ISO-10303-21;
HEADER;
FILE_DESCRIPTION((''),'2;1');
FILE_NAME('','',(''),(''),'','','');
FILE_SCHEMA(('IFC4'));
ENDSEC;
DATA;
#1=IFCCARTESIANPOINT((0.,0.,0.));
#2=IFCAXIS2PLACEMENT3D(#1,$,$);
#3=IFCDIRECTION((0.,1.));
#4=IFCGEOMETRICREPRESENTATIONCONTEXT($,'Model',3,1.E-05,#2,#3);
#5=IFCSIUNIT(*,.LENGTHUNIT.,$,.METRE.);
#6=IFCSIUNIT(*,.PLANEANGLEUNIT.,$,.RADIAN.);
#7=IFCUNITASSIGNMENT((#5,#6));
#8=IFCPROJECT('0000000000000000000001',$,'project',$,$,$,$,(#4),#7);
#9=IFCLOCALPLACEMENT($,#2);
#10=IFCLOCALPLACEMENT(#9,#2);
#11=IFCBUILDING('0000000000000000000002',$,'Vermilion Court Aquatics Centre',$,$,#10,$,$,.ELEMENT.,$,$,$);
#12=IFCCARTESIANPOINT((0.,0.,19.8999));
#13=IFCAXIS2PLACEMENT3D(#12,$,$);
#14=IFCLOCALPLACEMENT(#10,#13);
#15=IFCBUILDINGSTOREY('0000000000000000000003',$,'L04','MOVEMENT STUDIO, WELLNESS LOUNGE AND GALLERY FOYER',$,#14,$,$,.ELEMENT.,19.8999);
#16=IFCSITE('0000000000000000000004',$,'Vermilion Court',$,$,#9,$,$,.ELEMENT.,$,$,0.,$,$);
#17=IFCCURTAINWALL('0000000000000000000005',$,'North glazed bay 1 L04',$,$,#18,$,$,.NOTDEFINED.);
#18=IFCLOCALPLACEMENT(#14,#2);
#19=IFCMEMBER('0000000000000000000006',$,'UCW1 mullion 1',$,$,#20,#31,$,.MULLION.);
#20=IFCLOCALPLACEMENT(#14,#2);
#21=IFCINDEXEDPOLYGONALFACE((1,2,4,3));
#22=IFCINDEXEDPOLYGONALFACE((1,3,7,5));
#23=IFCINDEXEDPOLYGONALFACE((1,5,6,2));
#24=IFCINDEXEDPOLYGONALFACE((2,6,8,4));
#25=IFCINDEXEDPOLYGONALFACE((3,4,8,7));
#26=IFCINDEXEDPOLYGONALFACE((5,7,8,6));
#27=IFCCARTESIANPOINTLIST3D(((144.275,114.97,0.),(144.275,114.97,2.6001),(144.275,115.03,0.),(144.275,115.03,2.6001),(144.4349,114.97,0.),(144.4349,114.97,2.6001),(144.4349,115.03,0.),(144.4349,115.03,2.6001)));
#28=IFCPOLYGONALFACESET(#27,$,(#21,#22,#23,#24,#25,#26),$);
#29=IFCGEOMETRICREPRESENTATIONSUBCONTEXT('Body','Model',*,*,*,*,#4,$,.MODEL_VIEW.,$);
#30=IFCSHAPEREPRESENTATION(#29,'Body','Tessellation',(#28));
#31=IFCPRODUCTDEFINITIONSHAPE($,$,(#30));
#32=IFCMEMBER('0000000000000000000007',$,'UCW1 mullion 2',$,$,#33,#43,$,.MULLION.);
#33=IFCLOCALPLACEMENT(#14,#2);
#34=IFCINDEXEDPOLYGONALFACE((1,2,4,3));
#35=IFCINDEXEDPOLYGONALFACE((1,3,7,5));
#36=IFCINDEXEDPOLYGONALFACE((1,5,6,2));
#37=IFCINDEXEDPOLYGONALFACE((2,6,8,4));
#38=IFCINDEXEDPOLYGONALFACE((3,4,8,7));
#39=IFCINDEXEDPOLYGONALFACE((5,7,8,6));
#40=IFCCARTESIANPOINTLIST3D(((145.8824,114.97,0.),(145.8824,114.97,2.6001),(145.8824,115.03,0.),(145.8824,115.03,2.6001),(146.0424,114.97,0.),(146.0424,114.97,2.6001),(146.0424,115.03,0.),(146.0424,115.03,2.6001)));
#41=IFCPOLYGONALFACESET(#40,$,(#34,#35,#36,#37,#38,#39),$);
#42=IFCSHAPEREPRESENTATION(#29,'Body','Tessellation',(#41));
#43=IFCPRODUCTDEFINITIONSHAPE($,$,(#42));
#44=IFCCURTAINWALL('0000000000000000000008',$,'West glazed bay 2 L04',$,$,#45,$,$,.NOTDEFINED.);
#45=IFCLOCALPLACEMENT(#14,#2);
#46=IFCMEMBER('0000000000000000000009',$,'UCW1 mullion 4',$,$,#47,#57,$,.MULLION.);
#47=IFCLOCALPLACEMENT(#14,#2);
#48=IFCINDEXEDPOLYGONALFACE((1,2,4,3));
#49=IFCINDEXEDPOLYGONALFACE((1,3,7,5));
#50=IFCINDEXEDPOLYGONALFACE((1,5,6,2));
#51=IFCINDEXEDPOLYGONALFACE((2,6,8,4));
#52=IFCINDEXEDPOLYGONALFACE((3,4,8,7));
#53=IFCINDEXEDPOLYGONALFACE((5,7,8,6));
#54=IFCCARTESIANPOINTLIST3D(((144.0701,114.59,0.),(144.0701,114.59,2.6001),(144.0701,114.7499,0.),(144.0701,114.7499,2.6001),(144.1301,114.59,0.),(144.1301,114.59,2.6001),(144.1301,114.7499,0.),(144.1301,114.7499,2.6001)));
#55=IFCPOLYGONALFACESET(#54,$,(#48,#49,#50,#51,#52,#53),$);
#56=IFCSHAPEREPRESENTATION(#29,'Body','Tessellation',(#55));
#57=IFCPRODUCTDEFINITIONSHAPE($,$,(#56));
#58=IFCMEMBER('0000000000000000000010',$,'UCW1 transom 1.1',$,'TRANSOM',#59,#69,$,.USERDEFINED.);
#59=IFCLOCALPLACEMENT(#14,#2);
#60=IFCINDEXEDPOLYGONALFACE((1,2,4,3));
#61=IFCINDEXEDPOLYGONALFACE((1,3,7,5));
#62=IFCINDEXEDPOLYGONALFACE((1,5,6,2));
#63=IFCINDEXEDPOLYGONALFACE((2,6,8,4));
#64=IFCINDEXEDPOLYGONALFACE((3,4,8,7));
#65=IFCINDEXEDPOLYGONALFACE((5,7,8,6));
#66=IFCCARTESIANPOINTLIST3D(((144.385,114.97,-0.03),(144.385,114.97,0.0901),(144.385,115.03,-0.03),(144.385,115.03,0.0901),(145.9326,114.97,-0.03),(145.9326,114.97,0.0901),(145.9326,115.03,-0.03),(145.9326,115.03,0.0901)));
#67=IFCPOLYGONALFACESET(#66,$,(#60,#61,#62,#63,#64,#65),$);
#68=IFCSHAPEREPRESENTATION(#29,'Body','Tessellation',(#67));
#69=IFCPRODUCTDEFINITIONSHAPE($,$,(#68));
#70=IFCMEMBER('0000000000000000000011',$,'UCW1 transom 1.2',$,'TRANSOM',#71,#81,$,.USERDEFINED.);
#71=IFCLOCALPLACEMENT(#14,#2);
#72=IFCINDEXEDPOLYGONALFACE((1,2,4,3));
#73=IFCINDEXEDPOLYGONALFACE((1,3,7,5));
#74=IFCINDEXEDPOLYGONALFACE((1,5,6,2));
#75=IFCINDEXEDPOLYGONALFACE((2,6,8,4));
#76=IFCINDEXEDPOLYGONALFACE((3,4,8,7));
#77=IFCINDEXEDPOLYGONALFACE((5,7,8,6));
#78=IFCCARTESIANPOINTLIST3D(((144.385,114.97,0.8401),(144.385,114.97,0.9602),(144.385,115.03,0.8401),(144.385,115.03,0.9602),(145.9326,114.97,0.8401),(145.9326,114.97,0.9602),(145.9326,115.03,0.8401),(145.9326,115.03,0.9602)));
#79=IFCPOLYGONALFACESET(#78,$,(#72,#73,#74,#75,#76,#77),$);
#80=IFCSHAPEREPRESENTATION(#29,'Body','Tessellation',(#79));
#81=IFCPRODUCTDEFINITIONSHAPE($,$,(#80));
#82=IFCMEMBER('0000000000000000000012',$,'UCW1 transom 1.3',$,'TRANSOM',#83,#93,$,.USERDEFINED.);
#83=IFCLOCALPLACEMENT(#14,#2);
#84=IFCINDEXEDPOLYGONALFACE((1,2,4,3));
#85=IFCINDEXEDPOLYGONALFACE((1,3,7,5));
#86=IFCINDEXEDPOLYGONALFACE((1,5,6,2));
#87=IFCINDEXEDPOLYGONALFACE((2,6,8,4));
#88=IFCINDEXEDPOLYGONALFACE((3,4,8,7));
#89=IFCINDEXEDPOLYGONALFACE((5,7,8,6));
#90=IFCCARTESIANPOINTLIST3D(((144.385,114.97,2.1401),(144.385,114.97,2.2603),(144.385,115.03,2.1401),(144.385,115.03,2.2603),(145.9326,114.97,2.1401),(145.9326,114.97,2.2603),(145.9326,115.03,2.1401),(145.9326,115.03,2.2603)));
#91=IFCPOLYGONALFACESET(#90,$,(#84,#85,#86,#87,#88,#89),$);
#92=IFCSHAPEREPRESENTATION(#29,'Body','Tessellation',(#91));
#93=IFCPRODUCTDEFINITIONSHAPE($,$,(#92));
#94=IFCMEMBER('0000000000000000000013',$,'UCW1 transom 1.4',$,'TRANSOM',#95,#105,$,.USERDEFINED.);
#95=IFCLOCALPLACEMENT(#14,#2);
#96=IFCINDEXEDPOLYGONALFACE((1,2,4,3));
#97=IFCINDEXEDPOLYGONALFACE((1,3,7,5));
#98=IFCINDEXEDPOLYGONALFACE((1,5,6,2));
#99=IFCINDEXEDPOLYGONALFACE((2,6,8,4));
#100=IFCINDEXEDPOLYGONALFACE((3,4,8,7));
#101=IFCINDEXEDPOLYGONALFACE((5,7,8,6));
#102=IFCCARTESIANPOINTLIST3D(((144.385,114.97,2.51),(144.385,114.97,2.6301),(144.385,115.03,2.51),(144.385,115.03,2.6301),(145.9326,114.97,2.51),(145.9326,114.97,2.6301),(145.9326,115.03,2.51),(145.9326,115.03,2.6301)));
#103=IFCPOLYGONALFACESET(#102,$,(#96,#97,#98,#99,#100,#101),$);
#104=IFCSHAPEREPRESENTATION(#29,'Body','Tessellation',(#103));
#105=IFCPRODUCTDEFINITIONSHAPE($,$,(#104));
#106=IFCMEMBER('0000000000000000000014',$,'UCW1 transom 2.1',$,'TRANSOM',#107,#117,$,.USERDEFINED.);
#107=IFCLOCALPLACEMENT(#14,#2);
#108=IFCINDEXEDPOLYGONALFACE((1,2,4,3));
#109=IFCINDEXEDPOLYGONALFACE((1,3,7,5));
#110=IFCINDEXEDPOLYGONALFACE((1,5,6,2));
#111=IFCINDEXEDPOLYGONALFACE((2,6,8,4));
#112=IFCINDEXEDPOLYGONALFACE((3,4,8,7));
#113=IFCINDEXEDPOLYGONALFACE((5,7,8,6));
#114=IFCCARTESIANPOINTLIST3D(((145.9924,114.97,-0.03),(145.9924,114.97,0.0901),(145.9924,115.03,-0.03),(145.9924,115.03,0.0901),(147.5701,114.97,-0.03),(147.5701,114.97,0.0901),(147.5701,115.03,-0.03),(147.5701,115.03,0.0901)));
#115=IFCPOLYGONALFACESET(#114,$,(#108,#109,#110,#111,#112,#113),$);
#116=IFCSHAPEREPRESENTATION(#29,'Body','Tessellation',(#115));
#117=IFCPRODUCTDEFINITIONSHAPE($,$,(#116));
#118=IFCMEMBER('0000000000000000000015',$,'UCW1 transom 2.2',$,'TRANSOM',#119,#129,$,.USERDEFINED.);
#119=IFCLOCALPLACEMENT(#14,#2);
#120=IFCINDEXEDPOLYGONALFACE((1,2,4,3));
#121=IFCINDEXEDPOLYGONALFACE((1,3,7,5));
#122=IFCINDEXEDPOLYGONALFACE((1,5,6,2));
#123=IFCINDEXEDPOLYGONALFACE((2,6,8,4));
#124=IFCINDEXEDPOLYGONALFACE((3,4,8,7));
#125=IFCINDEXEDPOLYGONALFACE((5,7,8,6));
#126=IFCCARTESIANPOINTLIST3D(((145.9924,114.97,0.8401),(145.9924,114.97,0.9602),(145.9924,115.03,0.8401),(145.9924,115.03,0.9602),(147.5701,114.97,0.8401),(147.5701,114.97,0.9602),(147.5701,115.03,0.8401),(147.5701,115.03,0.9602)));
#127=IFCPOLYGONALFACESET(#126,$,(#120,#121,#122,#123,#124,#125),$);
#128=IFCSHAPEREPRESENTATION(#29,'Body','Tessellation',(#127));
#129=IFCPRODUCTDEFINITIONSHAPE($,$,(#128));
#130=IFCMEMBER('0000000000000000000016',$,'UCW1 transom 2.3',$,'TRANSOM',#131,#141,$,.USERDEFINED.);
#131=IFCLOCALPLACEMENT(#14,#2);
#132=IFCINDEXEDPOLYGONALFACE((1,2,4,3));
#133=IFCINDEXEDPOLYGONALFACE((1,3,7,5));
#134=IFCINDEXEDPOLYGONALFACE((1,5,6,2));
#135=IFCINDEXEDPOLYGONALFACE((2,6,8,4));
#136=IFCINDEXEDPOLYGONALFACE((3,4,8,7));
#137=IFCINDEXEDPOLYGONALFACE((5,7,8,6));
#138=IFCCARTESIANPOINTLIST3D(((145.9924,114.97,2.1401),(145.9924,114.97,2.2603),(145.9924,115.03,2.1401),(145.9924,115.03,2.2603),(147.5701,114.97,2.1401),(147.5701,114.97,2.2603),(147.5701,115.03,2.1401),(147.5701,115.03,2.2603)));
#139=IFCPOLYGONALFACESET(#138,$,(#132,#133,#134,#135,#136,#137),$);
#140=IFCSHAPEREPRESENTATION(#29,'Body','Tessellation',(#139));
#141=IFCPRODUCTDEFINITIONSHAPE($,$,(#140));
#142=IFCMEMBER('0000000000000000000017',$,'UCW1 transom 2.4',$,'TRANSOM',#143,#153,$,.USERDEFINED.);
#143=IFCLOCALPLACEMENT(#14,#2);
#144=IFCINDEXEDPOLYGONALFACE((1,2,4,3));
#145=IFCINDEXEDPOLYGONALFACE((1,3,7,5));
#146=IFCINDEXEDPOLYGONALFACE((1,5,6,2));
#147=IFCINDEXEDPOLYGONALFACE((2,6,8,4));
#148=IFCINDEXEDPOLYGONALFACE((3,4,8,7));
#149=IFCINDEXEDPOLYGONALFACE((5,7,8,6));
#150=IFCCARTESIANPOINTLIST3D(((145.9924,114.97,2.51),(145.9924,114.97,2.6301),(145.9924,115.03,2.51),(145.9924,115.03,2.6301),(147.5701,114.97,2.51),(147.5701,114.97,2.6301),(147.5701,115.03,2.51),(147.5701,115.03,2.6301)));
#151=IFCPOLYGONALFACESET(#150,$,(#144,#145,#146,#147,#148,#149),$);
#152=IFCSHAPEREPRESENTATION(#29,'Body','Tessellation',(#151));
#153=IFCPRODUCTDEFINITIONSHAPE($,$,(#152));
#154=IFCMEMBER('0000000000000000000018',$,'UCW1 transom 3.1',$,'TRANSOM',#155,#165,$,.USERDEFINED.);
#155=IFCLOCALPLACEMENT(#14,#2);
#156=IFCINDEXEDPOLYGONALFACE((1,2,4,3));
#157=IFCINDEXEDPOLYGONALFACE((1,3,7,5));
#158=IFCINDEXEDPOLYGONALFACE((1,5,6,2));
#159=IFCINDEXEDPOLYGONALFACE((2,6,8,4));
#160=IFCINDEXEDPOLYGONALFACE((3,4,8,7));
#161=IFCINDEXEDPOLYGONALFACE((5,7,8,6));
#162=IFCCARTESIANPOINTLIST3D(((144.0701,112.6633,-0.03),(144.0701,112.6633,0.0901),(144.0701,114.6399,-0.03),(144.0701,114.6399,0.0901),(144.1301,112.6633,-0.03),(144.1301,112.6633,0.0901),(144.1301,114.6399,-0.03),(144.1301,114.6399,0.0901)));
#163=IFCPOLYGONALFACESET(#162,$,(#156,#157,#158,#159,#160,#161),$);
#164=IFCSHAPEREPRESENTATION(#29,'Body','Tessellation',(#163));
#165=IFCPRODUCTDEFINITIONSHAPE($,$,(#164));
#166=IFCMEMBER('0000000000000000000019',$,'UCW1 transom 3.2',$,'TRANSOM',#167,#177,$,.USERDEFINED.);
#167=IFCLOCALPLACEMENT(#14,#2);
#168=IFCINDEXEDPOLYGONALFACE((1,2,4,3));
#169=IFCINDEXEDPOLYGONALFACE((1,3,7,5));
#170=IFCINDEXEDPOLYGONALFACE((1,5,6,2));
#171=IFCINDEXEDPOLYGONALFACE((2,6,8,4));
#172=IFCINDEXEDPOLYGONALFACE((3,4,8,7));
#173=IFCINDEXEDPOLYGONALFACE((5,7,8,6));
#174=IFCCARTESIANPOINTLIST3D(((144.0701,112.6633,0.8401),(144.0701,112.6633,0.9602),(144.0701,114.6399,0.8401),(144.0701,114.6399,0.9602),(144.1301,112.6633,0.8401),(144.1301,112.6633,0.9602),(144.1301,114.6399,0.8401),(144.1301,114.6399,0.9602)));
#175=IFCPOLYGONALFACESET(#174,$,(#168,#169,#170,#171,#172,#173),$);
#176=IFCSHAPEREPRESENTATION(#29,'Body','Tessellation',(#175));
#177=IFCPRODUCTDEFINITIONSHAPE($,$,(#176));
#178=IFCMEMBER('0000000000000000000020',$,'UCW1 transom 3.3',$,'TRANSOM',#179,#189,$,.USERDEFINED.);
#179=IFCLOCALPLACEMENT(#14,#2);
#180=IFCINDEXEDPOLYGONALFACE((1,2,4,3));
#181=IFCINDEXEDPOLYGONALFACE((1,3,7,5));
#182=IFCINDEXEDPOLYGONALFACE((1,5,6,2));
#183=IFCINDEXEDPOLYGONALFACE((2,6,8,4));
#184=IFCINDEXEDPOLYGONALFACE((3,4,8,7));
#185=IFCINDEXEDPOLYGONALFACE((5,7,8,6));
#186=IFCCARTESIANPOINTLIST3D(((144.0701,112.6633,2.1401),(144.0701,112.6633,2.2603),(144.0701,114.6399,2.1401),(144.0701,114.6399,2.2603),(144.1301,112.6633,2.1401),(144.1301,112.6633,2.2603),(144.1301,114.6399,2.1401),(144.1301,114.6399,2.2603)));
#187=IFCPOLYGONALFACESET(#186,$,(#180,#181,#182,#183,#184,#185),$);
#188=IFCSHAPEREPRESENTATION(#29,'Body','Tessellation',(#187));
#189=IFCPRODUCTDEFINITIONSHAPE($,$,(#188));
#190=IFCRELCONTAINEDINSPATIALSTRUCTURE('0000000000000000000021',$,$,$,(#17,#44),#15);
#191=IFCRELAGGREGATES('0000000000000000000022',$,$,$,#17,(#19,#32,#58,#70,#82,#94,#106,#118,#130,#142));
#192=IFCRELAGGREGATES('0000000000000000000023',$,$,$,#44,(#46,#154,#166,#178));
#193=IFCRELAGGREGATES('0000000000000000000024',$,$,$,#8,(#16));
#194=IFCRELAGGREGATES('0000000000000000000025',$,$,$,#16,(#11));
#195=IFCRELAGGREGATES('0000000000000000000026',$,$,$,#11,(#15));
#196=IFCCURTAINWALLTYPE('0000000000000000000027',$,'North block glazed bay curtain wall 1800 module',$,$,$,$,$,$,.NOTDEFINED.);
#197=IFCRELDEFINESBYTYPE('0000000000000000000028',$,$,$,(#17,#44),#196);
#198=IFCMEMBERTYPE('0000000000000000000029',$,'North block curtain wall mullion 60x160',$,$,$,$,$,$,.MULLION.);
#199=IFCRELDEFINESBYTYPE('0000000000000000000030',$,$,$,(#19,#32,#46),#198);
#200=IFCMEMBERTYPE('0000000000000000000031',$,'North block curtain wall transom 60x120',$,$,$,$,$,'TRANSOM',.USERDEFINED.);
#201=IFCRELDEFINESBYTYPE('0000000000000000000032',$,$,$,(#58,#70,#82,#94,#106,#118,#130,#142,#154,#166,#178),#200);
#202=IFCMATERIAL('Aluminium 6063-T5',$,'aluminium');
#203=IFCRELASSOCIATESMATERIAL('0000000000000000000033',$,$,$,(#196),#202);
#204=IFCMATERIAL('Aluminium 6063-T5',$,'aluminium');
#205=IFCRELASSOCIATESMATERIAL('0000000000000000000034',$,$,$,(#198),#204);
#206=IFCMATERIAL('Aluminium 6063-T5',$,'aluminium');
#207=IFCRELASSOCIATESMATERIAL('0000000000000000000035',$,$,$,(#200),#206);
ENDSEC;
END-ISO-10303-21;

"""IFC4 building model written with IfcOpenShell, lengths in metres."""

from ifc_helpers import new_model, si_unit, direction, frame, origin, origin_2d, place, context, subcontext, project, spatial, rectangle, extrude, material, material_profile, profile_set, type_object, element, aggregate, save


model = new_model("IFC4")

# Units and contexts
model_context = context("Model", 3, precision=1e-05, world=origin(), true_north=direction((0.0, 1.0)))
body_context = subcontext(model_context, "Body", "Model", "MODEL_VIEW")
ifc_project = project(units=[si_unit("LENGTHUNIT", "METRE"), si_unit("PLANEANGLEUNIT", "RADIAN")], contexts=[model_context])

# Site, building, storey
site_placement = place(None, origin())
site = spatial("IfcSite", under=ifc_project, at=site_placement, Name="Vermilion Court", CompositionType="ELEMENT", RefElevation=0.0)
building_placement = place(site_placement, origin())
building = spatial("IfcBuilding", under=site, at=building_placement, Name="Vermilion Court Aquatics Centre", CompositionType="ELEMENT")
storey_placement = place(building_placement, frame((0.0, 0.0, 19.8999)))
storey = spatial("IfcBuildingStorey", under=building, at=storey_placement, Name="L04", Description="MOVEMENT STUDIO, WELLNESS LOUNGE AND GALLERY FOYER", CompositionType="ELEMENT", Elevation=19.8999)

# Curtain wall, members
ifc_material_1 = material(Name="Aluminium 6063-T5", Category="aluminium")
curtain_wall_type = type_object("IfcCurtainWallType", Name="North block glazed bay curtain wall 1800 module", PredefinedType="NOTDEFINED", material=ifc_material_1)
curtain_wall_1_placement = place(storey_placement, origin())
curtain_wall_1 = element("IfcCurtainWall", 1, at=curtain_wall_1_placement, inside=storey, type_object=curtain_wall_type, Name="North glazed bay 1 L04", PredefinedType="NOTDEFINED")
ifc_material_2 = material(Name="Aluminium 6063-T5", Category="aluminium")
ifc_material_profile_1 = material_profile(ifc_material_2, rectangle(XDim=0.0601, YDim=0.1599, at=origin_2d()), Name="AL 60x160")
ifc_profile_set_1 = profile_set([ifc_material_profile_1], Name="Aluminium 6063-T5")
member_type_1 = type_object("IfcMemberType", Name="North block curtain wall mullion 60x160", PredefinedType="MULLION", material=ifc_profile_set_1)
member_1_placement = place(storey_placement, frame((144.355, 115.0, 0.0), z_axis=(0.0, 0.0, 1.0), x_axis=(0.0, 1.0, 0.0)))
member_1 = element("IfcMember", 2, at=member_1_placement, type_object=member_type_1, Name="UCW1 mullion 1", PredefinedType="MULLION", context=body_context, shape_type="SweptSolid", body=[
    extrude(rectangle(XDim=0.0601, YDim=0.1599, at=origin_2d()), origin(), (0.0, 0.0, 1.0), 2.6001),
])
member_2_placement = place(storey_placement, frame((145.9624, 115.0, 0.0), z_axis=(0.0, 0.0, 1.0), x_axis=(0.0, 1.0, 0.0)))
member_2 = element("IfcMember", 3, at=member_2_placement, type_object=member_type_1, Name="UCW1 mullion 2", PredefinedType="MULLION", context=body_context, shape_type="SweptSolid", body=[
    extrude(rectangle(XDim=0.0601, YDim=0.1599, at=origin_2d()), origin(), (0.0, 0.0, 1.0), 2.6001),
])

# Curtain wall, member
curtain_wall_2_placement = place(storey_placement, origin())
curtain_wall_2 = element("IfcCurtainWall", 4, at=curtain_wall_2_placement, inside=storey, type_object=curtain_wall_type, Name="West glazed bay 2 L04", PredefinedType="NOTDEFINED")
member_3_placement = place(storey_placement, frame((144.1001, 114.6699, 0.0), z_axis=(0.0, 0.0, 1.0), x_axis=(-1.0, 0.0, 0.0)))
member_3 = element("IfcMember", 5, at=member_3_placement, type_object=member_type_1, Name="UCW1 mullion 4", PredefinedType="MULLION", context=body_context, shape_type="SweptSolid", body=[
    extrude(rectangle(XDim=0.0601, YDim=0.1599, at=origin_2d()), origin(), (0.0, 0.0, 1.0), 2.6001),
])

# Members
ifc_material_3 = material(Name="Aluminium 6063-T5", Category="aluminium")
ifc_material_profile_2 = material_profile(ifc_material_3, rectangle(XDim=0.0601, YDim=0.1201, at=origin_2d()), Name="AL 60x120")
ifc_profile_set_2 = profile_set([ifc_material_profile_2], Name="Aluminium 6063-T5")
member_type_2 = type_object("IfcMemberType", Name="North block curtain wall transom 60x120", ElementType="TRANSOM", PredefinedType="USERDEFINED", material=ifc_profile_set_2)
member_4_placement = place(storey_placement, frame((144.385, 115.0, 0.03), z_axis=(1.0, 0.0, 0.0), x_axis=(0.0, 1.0, 0.0)))
member_4 = element("IfcMember", 6, at=member_4_placement, type_object=member_type_2, Name="UCW1 transom 1.1", ObjectType="TRANSOM", PredefinedType="USERDEFINED", context=body_context, shape_type="SweptSolid", body=[
    extrude(rectangle(XDim=0.0601, YDim=0.1201, at=origin_2d()), origin(), (0.0, 0.0, 1.0), 1.5476),
])
member_5_placement = place(storey_placement, frame((144.385, 115.0, 0.9001), z_axis=(1.0, 0.0, 0.0), x_axis=(0.0, 1.0, 0.0)))
member_5 = element("IfcMember", 7, at=member_5_placement, type_object=member_type_2, Name="UCW1 transom 1.2", ObjectType="TRANSOM", PredefinedType="USERDEFINED", context=body_context, shape_type="SweptSolid", body=[
    extrude(rectangle(XDim=0.0601, YDim=0.1201, at=origin_2d()), origin(), (0.0, 0.0, 1.0), 1.5476),
])
member_6_placement = place(storey_placement, frame((144.385, 115.0, 2.2002), z_axis=(1.0, 0.0, 0.0), x_axis=(0.0, 1.0, 0.0)))
member_6 = element("IfcMember", 8, at=member_6_placement, type_object=member_type_2, Name="UCW1 transom 1.3", ObjectType="TRANSOM", PredefinedType="USERDEFINED", context=body_context, shape_type="SweptSolid", body=[
    extrude(rectangle(XDim=0.0601, YDim=0.1201, at=origin_2d()), origin(), (0.0, 0.0, 1.0), 1.5476),
])
member_7_placement = place(storey_placement, frame((144.385, 115.0, 2.5701), z_axis=(1.0, 0.0, 0.0), x_axis=(0.0, 1.0, 0.0)))
member_7 = element("IfcMember", 9, at=member_7_placement, type_object=member_type_2, Name="UCW1 transom 1.4", ObjectType="TRANSOM", PredefinedType="USERDEFINED", context=body_context, shape_type="SweptSolid", body=[
    extrude(rectangle(XDim=0.0601, YDim=0.1201, at=origin_2d()), origin(), (0.0, 0.0, 1.0), 1.5476),
])
member_8_placement = place(storey_placement, frame((145.9924, 115.0, 0.03), z_axis=(1.0, 0.0, 0.0), x_axis=(0.0, 1.0, 0.0)))
member_8 = element("IfcMember", 10, at=member_8_placement, type_object=member_type_2, Name="UCW1 transom 2.1", ObjectType="TRANSOM", PredefinedType="USERDEFINED", context=body_context, shape_type="SweptSolid", body=[
    extrude(rectangle(XDim=0.0601, YDim=0.1201, at=origin_2d()), origin(), (0.0, 0.0, 1.0), 1.5776),
])
member_9_placement = place(storey_placement, frame((145.9924, 115.0, 0.9001), z_axis=(1.0, 0.0, 0.0), x_axis=(0.0, 1.0, 0.0)))
member_9 = element("IfcMember", 11, at=member_9_placement, type_object=member_type_2, Name="UCW1 transom 2.2", ObjectType="TRANSOM", PredefinedType="USERDEFINED", context=body_context, shape_type="SweptSolid", body=[
    extrude(rectangle(XDim=0.0601, YDim=0.1201, at=origin_2d()), origin(), (0.0, 0.0, 1.0), 1.5776),
])
member_10_placement = place(storey_placement, frame((145.9924, 115.0, 2.2002), z_axis=(1.0, 0.0, 0.0), x_axis=(0.0, 1.0, 0.0)))
member_10 = element("IfcMember", 12, at=member_10_placement, type_object=member_type_2, Name="UCW1 transom 2.3", ObjectType="TRANSOM", PredefinedType="USERDEFINED", context=body_context, shape_type="SweptSolid", body=[
    extrude(rectangle(XDim=0.0601, YDim=0.1201, at=origin_2d()), origin(), (0.0, 0.0, 1.0), 1.5776),
])
member_11_placement = place(storey_placement, frame((145.9924, 115.0, 2.5701), z_axis=(1.0, 0.0, 0.0), x_axis=(0.0, 1.0, 0.0)))
member_11 = element("IfcMember", 13, at=member_11_placement, type_object=member_type_2, Name="UCW1 transom 2.4", ObjectType="TRANSOM", PredefinedType="USERDEFINED", context=body_context, shape_type="SweptSolid", body=[
    extrude(rectangle(XDim=0.0601, YDim=0.1201, at=origin_2d()), origin(), (0.0, 0.0, 1.0), 1.5776),
])
member_12_placement = place(storey_placement, frame((144.1001, 112.6633, 0.03), z_axis=(0.0, 1.0, 0.0), x_axis=(-1.0, 0.0, 0.0)))
member_12 = element("IfcMember", 14, at=member_12_placement, type_object=member_type_2, Name="UCW1 transom 3.1", ObjectType="TRANSOM", PredefinedType="USERDEFINED", context=body_context, shape_type="SweptSolid", body=[
    extrude(rectangle(XDim=0.0601, YDim=0.1201, at=origin_2d()), origin(), (0.0, 0.0, 1.0), 1.9766),
])
member_13_placement = place(storey_placement, frame((144.1001, 112.6633, 0.9001), z_axis=(0.0, 1.0, 0.0), x_axis=(-1.0, 0.0, 0.0)))
member_13 = element("IfcMember", 15, at=member_13_placement, type_object=member_type_2, Name="UCW1 transom 3.2", ObjectType="TRANSOM", PredefinedType="USERDEFINED", context=body_context, shape_type="SweptSolid", body=[
    extrude(rectangle(XDim=0.0601, YDim=0.1201, at=origin_2d()), origin(), (0.0, 0.0, 1.0), 1.9766),
])
member_14_placement = place(storey_placement, frame((144.1001, 112.6633, 2.2002), z_axis=(0.0, 1.0, 0.0), x_axis=(-1.0, 0.0, 0.0)))
member_14 = element("IfcMember", 16, at=member_14_placement, type_object=member_type_2, Name="UCW1 transom 3.3", ObjectType="TRANSOM", PredefinedType="USERDEFINED", context=body_context, shape_type="SweptSolid", body=[
    extrude(rectangle(XDim=0.0601, YDim=0.1201, at=origin_2d()), origin(), (0.0, 0.0, 1.0), 1.9766),
])

aggregate(curtain_wall_1, [member_1, member_2, member_4, member_5, member_6, member_7, member_8, member_9, member_10, member_11])
aggregate(curtain_wall_2, [member_3, member_12, member_13, member_14])

save(model, "model.ifc")
